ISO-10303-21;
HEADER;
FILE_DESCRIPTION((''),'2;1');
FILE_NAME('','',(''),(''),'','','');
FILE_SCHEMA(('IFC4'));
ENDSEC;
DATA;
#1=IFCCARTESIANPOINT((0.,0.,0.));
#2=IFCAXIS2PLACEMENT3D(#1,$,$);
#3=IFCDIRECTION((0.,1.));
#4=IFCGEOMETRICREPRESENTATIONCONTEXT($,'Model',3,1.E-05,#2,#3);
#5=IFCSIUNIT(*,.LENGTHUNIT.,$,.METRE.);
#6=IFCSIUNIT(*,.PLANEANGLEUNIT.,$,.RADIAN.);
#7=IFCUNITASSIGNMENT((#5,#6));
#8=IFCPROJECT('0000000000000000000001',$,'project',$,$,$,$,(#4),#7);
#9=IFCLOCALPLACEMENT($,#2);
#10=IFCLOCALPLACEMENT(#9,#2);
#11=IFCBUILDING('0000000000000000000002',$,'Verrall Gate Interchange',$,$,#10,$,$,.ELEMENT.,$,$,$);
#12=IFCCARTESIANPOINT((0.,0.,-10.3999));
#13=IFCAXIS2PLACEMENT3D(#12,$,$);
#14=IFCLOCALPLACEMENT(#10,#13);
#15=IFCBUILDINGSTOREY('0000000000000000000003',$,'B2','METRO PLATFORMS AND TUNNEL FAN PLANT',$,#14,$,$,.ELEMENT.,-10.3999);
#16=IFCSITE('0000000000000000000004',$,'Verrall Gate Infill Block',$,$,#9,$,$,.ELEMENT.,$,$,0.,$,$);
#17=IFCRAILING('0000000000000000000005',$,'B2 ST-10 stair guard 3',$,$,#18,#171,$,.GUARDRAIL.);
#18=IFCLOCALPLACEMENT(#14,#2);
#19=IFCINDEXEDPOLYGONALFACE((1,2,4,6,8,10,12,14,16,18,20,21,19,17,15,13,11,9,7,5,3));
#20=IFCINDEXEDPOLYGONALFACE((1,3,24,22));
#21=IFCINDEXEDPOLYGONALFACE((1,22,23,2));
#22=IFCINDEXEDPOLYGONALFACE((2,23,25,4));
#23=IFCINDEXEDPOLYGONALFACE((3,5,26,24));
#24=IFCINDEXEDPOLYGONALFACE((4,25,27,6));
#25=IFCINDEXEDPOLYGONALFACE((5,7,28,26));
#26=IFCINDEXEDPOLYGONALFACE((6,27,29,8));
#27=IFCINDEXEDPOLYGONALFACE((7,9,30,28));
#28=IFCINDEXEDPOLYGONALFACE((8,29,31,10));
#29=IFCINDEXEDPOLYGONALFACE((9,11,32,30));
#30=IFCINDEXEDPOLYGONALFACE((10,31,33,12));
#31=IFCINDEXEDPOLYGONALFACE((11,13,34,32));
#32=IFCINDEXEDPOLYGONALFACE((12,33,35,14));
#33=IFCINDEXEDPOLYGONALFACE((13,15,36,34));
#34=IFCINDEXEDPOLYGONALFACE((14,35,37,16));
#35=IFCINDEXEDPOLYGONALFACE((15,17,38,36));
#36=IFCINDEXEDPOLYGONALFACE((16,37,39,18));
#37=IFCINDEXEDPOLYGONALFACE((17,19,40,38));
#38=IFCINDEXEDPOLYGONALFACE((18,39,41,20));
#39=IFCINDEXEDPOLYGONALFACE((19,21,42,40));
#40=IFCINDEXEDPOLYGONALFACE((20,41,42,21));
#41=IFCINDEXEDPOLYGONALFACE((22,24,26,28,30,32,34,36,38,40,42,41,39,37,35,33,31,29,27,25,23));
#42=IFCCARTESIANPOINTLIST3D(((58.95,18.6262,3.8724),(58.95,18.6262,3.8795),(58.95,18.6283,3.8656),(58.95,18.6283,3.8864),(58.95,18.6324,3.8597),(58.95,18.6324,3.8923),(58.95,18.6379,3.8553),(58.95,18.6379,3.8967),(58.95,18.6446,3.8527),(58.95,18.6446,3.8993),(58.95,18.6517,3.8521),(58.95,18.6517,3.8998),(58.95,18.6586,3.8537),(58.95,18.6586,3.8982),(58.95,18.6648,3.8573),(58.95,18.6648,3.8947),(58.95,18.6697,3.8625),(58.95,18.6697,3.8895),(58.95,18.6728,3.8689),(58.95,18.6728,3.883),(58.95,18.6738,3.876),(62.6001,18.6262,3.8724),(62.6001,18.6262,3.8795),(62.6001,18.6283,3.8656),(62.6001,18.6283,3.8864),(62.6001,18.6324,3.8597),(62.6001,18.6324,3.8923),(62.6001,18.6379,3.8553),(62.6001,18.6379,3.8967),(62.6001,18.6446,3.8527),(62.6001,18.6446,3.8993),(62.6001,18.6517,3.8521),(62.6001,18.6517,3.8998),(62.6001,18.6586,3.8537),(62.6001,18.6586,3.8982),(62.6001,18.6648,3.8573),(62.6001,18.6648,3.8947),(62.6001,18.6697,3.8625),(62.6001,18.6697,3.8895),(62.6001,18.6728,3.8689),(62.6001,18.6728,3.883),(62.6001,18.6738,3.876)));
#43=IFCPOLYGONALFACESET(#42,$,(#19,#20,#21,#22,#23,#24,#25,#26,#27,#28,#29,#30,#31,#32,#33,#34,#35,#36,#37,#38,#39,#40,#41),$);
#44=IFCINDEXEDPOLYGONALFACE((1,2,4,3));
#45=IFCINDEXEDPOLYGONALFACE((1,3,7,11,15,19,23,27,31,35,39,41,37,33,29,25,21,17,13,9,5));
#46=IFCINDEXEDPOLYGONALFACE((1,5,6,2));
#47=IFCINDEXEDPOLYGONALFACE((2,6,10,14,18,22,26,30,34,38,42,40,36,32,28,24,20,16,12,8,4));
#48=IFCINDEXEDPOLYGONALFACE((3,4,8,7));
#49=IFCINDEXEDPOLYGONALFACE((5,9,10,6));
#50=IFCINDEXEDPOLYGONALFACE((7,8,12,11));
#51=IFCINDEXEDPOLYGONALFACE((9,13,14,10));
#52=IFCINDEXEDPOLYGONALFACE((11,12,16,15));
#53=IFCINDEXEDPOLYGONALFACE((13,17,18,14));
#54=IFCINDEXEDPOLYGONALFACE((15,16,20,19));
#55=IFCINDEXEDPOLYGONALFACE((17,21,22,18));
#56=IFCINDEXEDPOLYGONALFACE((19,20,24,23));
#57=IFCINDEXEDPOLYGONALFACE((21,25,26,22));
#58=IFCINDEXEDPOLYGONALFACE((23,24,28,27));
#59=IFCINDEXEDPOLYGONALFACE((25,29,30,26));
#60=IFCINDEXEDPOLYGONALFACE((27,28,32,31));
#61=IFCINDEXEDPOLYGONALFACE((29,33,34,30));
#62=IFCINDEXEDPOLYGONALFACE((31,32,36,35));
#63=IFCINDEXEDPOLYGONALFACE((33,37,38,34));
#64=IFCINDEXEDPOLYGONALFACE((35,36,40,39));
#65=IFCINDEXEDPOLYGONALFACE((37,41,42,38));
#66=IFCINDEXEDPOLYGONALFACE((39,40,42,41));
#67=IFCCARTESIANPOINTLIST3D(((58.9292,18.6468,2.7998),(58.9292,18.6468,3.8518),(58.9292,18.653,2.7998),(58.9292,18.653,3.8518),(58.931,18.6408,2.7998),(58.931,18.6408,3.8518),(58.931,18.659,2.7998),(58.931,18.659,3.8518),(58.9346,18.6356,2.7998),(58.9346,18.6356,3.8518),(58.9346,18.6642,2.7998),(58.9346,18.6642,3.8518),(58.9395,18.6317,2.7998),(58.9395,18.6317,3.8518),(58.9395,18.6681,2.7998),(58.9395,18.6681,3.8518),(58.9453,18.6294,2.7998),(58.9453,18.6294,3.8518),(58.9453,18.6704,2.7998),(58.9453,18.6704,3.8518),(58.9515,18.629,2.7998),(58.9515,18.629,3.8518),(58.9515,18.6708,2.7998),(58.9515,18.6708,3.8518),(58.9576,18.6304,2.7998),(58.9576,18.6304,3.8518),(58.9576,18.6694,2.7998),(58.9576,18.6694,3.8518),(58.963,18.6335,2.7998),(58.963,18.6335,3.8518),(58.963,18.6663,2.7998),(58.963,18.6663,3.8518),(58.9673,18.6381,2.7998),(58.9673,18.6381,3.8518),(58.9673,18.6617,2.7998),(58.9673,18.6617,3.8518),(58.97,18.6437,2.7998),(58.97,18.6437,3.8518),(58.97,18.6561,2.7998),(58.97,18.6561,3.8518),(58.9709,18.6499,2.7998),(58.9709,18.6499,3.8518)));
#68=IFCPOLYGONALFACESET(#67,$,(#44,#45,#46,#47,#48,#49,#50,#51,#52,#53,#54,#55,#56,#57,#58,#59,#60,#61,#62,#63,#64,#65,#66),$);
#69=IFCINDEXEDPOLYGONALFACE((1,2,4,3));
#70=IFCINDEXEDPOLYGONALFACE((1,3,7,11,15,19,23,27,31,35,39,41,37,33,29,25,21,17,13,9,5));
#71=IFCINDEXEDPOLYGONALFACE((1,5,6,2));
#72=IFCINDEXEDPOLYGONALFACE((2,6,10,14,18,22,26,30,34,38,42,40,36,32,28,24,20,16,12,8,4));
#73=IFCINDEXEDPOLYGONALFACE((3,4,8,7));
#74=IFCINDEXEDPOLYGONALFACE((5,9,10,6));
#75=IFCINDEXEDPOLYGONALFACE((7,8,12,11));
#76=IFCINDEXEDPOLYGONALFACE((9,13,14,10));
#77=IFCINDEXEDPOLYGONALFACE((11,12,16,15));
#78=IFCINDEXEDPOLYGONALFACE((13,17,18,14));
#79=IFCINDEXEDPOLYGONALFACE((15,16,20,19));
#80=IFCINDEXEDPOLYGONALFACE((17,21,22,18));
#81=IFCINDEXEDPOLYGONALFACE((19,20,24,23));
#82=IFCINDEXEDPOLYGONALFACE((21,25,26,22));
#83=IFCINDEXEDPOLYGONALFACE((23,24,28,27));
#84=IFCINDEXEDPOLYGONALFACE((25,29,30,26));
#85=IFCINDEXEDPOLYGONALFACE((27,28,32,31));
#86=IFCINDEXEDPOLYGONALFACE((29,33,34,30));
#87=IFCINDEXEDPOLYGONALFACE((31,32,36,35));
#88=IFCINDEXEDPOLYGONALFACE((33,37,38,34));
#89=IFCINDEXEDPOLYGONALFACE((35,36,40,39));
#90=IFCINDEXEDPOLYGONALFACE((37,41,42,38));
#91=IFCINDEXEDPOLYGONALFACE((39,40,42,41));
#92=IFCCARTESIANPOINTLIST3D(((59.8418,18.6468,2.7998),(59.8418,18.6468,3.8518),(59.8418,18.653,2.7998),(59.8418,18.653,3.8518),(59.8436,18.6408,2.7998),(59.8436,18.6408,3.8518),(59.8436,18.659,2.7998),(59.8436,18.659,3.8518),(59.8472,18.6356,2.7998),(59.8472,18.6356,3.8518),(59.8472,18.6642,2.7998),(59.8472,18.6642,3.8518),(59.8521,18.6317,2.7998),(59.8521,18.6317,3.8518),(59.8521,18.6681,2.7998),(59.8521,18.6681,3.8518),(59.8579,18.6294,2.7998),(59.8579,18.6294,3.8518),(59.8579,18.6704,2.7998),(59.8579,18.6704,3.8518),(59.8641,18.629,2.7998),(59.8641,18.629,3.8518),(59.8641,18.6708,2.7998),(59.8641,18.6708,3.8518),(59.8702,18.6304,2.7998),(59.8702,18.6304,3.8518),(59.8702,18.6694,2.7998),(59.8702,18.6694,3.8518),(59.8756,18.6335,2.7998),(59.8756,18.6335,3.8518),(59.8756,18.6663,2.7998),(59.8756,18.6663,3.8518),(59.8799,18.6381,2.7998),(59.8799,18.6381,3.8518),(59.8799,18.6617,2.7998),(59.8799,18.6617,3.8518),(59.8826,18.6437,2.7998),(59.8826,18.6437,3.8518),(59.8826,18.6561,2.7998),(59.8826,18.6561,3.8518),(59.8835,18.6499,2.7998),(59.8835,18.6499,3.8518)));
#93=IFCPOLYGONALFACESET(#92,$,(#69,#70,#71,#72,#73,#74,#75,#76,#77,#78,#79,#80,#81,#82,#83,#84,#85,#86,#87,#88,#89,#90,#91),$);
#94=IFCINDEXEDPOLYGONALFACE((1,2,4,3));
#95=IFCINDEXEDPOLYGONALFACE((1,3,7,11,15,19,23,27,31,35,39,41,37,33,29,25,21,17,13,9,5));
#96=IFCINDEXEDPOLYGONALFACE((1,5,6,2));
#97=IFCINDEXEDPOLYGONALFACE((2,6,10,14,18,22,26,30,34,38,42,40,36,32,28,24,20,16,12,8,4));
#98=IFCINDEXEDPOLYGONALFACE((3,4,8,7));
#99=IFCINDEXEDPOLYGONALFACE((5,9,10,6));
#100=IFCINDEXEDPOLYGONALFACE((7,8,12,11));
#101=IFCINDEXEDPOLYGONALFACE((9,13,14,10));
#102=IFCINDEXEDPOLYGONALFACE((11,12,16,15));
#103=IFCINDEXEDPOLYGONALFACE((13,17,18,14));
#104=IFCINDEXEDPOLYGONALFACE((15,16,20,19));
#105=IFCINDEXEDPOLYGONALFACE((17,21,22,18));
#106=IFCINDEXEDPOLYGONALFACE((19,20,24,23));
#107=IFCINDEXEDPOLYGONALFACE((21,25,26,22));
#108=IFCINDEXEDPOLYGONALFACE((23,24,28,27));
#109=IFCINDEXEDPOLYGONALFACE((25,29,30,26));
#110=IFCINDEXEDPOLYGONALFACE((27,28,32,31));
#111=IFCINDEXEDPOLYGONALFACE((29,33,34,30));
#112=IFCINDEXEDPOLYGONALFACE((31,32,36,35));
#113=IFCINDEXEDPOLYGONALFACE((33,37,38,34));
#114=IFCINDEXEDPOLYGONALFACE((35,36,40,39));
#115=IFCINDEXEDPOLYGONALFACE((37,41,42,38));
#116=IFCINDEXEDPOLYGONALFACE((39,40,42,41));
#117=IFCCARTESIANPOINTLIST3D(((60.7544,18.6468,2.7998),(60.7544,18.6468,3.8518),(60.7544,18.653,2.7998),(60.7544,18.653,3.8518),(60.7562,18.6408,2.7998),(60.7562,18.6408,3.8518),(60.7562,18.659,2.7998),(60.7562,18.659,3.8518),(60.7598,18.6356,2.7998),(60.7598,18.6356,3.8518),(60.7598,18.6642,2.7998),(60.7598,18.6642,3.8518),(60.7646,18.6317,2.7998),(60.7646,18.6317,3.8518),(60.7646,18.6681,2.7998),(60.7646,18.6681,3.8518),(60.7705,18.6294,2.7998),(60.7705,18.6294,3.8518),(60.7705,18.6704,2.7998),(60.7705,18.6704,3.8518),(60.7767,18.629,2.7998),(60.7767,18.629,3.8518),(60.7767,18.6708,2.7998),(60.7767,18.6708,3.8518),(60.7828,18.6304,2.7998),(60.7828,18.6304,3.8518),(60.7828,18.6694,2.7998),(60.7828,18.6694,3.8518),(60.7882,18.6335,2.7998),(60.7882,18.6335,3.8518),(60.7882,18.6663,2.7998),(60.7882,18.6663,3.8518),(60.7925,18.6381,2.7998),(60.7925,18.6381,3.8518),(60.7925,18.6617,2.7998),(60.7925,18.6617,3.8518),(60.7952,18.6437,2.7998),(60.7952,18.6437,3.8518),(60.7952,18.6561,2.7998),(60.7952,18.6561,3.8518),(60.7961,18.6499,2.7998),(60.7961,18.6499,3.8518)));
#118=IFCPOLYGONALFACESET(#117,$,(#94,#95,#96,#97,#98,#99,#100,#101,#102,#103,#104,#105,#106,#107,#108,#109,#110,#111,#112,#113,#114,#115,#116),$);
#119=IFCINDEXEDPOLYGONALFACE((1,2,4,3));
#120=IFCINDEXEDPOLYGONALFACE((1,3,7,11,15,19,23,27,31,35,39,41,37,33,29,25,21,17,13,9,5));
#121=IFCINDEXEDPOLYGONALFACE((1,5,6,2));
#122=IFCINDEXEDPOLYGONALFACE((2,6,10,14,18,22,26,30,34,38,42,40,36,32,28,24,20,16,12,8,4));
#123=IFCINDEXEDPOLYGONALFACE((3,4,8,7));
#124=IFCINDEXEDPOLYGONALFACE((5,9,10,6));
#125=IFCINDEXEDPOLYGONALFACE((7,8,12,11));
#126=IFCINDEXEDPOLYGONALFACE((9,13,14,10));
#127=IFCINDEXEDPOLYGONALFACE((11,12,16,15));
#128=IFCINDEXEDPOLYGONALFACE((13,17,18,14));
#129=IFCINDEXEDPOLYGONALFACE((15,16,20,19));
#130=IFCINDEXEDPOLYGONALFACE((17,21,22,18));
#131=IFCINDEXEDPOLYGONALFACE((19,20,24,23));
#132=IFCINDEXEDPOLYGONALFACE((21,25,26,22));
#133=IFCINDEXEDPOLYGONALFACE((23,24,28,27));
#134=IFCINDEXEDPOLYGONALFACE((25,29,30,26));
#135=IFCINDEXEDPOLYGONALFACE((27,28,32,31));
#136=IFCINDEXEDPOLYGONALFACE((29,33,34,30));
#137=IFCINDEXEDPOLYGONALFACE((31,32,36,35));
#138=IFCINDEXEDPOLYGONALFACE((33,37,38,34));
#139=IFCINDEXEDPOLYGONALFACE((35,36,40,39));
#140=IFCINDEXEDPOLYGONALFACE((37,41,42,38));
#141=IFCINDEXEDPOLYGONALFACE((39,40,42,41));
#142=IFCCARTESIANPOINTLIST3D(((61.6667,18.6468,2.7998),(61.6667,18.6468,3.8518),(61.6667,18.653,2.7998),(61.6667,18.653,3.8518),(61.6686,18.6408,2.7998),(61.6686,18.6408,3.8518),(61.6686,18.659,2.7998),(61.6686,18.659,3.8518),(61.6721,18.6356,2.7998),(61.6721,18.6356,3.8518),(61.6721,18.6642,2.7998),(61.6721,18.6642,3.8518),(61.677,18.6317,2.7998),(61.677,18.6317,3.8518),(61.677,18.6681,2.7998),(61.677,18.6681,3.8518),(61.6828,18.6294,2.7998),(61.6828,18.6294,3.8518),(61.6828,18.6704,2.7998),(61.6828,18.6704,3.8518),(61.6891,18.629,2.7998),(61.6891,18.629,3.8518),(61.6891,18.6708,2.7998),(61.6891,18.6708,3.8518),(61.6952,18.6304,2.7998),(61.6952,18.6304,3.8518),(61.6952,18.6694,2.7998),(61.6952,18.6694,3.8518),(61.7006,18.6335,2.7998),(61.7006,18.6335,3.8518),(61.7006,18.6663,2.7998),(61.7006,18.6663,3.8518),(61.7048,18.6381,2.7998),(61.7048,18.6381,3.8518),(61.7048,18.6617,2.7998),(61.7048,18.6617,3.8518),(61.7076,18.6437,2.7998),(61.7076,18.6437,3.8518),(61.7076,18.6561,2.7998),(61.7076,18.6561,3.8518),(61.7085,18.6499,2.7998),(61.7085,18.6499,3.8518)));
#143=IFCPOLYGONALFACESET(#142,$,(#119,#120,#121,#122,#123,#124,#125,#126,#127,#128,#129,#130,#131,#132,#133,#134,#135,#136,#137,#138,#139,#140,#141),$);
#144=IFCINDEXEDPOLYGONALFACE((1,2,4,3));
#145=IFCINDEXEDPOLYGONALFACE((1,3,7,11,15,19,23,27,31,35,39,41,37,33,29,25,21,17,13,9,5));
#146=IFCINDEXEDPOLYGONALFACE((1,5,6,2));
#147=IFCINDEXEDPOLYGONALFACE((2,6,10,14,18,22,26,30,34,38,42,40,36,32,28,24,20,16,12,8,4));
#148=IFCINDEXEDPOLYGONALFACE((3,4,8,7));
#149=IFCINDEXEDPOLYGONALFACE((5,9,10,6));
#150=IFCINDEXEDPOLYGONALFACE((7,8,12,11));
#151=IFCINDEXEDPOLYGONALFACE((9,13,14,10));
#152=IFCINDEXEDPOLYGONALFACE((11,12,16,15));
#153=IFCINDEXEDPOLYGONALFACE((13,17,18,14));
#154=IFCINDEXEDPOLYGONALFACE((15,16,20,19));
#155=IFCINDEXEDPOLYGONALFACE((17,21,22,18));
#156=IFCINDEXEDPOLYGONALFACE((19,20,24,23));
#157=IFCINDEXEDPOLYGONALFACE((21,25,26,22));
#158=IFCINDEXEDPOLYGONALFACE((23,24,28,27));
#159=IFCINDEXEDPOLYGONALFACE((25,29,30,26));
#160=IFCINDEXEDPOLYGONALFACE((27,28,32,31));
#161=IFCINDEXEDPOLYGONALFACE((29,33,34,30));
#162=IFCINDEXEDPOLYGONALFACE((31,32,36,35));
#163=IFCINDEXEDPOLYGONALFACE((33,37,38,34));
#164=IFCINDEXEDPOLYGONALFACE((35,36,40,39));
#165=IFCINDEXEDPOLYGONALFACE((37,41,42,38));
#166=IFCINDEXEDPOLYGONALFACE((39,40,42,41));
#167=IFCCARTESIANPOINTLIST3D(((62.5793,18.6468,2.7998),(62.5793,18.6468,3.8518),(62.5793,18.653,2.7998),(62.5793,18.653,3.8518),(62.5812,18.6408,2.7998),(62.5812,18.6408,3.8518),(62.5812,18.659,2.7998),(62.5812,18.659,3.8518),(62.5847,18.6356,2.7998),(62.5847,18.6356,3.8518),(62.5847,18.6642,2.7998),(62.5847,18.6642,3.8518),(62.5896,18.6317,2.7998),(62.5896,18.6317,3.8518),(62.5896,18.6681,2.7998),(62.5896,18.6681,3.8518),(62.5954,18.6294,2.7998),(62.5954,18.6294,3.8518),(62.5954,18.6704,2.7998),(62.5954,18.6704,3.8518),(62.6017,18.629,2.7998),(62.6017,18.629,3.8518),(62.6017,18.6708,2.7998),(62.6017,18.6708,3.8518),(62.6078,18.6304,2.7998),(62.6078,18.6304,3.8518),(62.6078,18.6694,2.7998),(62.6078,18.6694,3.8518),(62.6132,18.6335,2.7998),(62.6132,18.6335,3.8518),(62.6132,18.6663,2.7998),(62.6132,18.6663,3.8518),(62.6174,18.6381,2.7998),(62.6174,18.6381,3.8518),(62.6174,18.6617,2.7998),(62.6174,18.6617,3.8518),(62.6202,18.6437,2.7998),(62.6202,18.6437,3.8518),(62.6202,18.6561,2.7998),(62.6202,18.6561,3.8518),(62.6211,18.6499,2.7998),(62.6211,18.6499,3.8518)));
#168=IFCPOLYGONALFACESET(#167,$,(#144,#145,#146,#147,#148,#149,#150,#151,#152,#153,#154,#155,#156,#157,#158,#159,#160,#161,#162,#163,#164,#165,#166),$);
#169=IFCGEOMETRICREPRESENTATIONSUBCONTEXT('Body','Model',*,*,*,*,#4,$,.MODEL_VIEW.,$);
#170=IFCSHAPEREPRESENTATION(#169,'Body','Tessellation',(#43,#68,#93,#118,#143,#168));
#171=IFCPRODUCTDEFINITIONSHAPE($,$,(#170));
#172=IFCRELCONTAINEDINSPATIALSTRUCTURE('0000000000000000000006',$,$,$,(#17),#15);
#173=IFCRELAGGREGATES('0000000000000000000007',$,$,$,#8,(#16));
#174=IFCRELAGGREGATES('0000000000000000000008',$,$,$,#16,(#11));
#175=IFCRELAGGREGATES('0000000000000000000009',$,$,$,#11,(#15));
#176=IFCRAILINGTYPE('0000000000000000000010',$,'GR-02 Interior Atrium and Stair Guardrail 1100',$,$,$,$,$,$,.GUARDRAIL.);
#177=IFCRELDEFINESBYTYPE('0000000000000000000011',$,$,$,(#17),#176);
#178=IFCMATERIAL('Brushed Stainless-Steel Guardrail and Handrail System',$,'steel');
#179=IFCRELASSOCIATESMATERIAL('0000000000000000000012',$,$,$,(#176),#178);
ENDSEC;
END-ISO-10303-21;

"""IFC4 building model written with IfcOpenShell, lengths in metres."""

from ifc_helpers import new_model, si_unit, direction, frame, origin, origin_2d, place, context, subcontext, project, spatial, circle, extrude, material, type_object, element, save


model = new_model("IFC4")

# Units and contexts
model_context = context("Model", 3, precision=1e-05, world=origin(), true_north=direction((0.0, 1.0)))
body_context = subcontext(model_context, "Body", "Model", "MODEL_VIEW")
ifc_project = project(units=[si_unit("LENGTHUNIT", "METRE"), si_unit("PLANEANGLEUNIT", "RADIAN")], contexts=[model_context])

# Site, building, storey
site_placement = place(None, origin())
site = spatial("IfcSite", under=ifc_project, at=site_placement, Name="Verrall Gate Infill Block", CompositionType="ELEMENT", RefElevation=0.0)
building_placement = place(site_placement, origin())
building = spatial("IfcBuilding", under=site, at=building_placement, Name="Verrall Gate Interchange", CompositionType="ELEMENT")
storey_placement = place(building_placement, frame((0.0, 0.0, -10.3999)))
storey = spatial("IfcBuildingStorey", under=building, at=storey_placement, Name="B2", Description="METRO PLATFORMS AND TUNNEL FAN PLANT", CompositionType="ELEMENT", Elevation=-10.3999)

# Railing
ifc_material_1 = material(Name="Brushed Stainless-Steel Guardrail and Handrail System", Category="steel")
railing_type_1 = type_object("IfcRailingType", Name="GR-02 Interior Atrium and Stair Guardrail 1100", PredefinedType="GUARDRAIL", material=ifc_material_1)
for number, where, name in (
    (1, (58.95, 18.6499, 2.7998), "B2 ST-10 stair guard 3"),
):
    element("IfcRailing", number, at=place(storey_placement, frame(where)), inside=storey, type_object=railing_type_1, Name=name, PredefinedType="GUARDRAIL", context=body_context, shape_type="SweptSolid", body=[
        extrude(circle(Radius=0.0239, at=origin_2d()), frame((0.0, 0.0, 1.0762), z_axis=(1.0, 0.0, 0.0), x_axis=(0.0, 1.0, 0.0)), (0.0, 0.0, 1.0), 3.6501),
        extrude(circle(Radius=0.021, at=origin_2d()), origin(), (0.0, 0.0, 1.0), 1.052),
        extrude(circle(Radius=0.021, at=origin_2d()), frame((0.9126, 0.0, 0.0)), (0.0, 0.0, 1.0), 1.052),
        extrude(circle(Radius=0.021, at=origin_2d()), frame((1.8252, 0.0, 0.0)), (0.0, 0.0, 1.0), 1.052),
        extrude(circle(Radius=0.021, at=origin_2d()), frame((2.7375, 0.0, 0.0)), (0.0, 0.0, 1.0), 1.052),
        extrude(circle(Radius=0.021, at=origin_2d()), frame((3.6501, 0.0, 0.0)), (0.0, 0.0, 1.0), 1.052),
    ])

save(model, "model.ifc")
